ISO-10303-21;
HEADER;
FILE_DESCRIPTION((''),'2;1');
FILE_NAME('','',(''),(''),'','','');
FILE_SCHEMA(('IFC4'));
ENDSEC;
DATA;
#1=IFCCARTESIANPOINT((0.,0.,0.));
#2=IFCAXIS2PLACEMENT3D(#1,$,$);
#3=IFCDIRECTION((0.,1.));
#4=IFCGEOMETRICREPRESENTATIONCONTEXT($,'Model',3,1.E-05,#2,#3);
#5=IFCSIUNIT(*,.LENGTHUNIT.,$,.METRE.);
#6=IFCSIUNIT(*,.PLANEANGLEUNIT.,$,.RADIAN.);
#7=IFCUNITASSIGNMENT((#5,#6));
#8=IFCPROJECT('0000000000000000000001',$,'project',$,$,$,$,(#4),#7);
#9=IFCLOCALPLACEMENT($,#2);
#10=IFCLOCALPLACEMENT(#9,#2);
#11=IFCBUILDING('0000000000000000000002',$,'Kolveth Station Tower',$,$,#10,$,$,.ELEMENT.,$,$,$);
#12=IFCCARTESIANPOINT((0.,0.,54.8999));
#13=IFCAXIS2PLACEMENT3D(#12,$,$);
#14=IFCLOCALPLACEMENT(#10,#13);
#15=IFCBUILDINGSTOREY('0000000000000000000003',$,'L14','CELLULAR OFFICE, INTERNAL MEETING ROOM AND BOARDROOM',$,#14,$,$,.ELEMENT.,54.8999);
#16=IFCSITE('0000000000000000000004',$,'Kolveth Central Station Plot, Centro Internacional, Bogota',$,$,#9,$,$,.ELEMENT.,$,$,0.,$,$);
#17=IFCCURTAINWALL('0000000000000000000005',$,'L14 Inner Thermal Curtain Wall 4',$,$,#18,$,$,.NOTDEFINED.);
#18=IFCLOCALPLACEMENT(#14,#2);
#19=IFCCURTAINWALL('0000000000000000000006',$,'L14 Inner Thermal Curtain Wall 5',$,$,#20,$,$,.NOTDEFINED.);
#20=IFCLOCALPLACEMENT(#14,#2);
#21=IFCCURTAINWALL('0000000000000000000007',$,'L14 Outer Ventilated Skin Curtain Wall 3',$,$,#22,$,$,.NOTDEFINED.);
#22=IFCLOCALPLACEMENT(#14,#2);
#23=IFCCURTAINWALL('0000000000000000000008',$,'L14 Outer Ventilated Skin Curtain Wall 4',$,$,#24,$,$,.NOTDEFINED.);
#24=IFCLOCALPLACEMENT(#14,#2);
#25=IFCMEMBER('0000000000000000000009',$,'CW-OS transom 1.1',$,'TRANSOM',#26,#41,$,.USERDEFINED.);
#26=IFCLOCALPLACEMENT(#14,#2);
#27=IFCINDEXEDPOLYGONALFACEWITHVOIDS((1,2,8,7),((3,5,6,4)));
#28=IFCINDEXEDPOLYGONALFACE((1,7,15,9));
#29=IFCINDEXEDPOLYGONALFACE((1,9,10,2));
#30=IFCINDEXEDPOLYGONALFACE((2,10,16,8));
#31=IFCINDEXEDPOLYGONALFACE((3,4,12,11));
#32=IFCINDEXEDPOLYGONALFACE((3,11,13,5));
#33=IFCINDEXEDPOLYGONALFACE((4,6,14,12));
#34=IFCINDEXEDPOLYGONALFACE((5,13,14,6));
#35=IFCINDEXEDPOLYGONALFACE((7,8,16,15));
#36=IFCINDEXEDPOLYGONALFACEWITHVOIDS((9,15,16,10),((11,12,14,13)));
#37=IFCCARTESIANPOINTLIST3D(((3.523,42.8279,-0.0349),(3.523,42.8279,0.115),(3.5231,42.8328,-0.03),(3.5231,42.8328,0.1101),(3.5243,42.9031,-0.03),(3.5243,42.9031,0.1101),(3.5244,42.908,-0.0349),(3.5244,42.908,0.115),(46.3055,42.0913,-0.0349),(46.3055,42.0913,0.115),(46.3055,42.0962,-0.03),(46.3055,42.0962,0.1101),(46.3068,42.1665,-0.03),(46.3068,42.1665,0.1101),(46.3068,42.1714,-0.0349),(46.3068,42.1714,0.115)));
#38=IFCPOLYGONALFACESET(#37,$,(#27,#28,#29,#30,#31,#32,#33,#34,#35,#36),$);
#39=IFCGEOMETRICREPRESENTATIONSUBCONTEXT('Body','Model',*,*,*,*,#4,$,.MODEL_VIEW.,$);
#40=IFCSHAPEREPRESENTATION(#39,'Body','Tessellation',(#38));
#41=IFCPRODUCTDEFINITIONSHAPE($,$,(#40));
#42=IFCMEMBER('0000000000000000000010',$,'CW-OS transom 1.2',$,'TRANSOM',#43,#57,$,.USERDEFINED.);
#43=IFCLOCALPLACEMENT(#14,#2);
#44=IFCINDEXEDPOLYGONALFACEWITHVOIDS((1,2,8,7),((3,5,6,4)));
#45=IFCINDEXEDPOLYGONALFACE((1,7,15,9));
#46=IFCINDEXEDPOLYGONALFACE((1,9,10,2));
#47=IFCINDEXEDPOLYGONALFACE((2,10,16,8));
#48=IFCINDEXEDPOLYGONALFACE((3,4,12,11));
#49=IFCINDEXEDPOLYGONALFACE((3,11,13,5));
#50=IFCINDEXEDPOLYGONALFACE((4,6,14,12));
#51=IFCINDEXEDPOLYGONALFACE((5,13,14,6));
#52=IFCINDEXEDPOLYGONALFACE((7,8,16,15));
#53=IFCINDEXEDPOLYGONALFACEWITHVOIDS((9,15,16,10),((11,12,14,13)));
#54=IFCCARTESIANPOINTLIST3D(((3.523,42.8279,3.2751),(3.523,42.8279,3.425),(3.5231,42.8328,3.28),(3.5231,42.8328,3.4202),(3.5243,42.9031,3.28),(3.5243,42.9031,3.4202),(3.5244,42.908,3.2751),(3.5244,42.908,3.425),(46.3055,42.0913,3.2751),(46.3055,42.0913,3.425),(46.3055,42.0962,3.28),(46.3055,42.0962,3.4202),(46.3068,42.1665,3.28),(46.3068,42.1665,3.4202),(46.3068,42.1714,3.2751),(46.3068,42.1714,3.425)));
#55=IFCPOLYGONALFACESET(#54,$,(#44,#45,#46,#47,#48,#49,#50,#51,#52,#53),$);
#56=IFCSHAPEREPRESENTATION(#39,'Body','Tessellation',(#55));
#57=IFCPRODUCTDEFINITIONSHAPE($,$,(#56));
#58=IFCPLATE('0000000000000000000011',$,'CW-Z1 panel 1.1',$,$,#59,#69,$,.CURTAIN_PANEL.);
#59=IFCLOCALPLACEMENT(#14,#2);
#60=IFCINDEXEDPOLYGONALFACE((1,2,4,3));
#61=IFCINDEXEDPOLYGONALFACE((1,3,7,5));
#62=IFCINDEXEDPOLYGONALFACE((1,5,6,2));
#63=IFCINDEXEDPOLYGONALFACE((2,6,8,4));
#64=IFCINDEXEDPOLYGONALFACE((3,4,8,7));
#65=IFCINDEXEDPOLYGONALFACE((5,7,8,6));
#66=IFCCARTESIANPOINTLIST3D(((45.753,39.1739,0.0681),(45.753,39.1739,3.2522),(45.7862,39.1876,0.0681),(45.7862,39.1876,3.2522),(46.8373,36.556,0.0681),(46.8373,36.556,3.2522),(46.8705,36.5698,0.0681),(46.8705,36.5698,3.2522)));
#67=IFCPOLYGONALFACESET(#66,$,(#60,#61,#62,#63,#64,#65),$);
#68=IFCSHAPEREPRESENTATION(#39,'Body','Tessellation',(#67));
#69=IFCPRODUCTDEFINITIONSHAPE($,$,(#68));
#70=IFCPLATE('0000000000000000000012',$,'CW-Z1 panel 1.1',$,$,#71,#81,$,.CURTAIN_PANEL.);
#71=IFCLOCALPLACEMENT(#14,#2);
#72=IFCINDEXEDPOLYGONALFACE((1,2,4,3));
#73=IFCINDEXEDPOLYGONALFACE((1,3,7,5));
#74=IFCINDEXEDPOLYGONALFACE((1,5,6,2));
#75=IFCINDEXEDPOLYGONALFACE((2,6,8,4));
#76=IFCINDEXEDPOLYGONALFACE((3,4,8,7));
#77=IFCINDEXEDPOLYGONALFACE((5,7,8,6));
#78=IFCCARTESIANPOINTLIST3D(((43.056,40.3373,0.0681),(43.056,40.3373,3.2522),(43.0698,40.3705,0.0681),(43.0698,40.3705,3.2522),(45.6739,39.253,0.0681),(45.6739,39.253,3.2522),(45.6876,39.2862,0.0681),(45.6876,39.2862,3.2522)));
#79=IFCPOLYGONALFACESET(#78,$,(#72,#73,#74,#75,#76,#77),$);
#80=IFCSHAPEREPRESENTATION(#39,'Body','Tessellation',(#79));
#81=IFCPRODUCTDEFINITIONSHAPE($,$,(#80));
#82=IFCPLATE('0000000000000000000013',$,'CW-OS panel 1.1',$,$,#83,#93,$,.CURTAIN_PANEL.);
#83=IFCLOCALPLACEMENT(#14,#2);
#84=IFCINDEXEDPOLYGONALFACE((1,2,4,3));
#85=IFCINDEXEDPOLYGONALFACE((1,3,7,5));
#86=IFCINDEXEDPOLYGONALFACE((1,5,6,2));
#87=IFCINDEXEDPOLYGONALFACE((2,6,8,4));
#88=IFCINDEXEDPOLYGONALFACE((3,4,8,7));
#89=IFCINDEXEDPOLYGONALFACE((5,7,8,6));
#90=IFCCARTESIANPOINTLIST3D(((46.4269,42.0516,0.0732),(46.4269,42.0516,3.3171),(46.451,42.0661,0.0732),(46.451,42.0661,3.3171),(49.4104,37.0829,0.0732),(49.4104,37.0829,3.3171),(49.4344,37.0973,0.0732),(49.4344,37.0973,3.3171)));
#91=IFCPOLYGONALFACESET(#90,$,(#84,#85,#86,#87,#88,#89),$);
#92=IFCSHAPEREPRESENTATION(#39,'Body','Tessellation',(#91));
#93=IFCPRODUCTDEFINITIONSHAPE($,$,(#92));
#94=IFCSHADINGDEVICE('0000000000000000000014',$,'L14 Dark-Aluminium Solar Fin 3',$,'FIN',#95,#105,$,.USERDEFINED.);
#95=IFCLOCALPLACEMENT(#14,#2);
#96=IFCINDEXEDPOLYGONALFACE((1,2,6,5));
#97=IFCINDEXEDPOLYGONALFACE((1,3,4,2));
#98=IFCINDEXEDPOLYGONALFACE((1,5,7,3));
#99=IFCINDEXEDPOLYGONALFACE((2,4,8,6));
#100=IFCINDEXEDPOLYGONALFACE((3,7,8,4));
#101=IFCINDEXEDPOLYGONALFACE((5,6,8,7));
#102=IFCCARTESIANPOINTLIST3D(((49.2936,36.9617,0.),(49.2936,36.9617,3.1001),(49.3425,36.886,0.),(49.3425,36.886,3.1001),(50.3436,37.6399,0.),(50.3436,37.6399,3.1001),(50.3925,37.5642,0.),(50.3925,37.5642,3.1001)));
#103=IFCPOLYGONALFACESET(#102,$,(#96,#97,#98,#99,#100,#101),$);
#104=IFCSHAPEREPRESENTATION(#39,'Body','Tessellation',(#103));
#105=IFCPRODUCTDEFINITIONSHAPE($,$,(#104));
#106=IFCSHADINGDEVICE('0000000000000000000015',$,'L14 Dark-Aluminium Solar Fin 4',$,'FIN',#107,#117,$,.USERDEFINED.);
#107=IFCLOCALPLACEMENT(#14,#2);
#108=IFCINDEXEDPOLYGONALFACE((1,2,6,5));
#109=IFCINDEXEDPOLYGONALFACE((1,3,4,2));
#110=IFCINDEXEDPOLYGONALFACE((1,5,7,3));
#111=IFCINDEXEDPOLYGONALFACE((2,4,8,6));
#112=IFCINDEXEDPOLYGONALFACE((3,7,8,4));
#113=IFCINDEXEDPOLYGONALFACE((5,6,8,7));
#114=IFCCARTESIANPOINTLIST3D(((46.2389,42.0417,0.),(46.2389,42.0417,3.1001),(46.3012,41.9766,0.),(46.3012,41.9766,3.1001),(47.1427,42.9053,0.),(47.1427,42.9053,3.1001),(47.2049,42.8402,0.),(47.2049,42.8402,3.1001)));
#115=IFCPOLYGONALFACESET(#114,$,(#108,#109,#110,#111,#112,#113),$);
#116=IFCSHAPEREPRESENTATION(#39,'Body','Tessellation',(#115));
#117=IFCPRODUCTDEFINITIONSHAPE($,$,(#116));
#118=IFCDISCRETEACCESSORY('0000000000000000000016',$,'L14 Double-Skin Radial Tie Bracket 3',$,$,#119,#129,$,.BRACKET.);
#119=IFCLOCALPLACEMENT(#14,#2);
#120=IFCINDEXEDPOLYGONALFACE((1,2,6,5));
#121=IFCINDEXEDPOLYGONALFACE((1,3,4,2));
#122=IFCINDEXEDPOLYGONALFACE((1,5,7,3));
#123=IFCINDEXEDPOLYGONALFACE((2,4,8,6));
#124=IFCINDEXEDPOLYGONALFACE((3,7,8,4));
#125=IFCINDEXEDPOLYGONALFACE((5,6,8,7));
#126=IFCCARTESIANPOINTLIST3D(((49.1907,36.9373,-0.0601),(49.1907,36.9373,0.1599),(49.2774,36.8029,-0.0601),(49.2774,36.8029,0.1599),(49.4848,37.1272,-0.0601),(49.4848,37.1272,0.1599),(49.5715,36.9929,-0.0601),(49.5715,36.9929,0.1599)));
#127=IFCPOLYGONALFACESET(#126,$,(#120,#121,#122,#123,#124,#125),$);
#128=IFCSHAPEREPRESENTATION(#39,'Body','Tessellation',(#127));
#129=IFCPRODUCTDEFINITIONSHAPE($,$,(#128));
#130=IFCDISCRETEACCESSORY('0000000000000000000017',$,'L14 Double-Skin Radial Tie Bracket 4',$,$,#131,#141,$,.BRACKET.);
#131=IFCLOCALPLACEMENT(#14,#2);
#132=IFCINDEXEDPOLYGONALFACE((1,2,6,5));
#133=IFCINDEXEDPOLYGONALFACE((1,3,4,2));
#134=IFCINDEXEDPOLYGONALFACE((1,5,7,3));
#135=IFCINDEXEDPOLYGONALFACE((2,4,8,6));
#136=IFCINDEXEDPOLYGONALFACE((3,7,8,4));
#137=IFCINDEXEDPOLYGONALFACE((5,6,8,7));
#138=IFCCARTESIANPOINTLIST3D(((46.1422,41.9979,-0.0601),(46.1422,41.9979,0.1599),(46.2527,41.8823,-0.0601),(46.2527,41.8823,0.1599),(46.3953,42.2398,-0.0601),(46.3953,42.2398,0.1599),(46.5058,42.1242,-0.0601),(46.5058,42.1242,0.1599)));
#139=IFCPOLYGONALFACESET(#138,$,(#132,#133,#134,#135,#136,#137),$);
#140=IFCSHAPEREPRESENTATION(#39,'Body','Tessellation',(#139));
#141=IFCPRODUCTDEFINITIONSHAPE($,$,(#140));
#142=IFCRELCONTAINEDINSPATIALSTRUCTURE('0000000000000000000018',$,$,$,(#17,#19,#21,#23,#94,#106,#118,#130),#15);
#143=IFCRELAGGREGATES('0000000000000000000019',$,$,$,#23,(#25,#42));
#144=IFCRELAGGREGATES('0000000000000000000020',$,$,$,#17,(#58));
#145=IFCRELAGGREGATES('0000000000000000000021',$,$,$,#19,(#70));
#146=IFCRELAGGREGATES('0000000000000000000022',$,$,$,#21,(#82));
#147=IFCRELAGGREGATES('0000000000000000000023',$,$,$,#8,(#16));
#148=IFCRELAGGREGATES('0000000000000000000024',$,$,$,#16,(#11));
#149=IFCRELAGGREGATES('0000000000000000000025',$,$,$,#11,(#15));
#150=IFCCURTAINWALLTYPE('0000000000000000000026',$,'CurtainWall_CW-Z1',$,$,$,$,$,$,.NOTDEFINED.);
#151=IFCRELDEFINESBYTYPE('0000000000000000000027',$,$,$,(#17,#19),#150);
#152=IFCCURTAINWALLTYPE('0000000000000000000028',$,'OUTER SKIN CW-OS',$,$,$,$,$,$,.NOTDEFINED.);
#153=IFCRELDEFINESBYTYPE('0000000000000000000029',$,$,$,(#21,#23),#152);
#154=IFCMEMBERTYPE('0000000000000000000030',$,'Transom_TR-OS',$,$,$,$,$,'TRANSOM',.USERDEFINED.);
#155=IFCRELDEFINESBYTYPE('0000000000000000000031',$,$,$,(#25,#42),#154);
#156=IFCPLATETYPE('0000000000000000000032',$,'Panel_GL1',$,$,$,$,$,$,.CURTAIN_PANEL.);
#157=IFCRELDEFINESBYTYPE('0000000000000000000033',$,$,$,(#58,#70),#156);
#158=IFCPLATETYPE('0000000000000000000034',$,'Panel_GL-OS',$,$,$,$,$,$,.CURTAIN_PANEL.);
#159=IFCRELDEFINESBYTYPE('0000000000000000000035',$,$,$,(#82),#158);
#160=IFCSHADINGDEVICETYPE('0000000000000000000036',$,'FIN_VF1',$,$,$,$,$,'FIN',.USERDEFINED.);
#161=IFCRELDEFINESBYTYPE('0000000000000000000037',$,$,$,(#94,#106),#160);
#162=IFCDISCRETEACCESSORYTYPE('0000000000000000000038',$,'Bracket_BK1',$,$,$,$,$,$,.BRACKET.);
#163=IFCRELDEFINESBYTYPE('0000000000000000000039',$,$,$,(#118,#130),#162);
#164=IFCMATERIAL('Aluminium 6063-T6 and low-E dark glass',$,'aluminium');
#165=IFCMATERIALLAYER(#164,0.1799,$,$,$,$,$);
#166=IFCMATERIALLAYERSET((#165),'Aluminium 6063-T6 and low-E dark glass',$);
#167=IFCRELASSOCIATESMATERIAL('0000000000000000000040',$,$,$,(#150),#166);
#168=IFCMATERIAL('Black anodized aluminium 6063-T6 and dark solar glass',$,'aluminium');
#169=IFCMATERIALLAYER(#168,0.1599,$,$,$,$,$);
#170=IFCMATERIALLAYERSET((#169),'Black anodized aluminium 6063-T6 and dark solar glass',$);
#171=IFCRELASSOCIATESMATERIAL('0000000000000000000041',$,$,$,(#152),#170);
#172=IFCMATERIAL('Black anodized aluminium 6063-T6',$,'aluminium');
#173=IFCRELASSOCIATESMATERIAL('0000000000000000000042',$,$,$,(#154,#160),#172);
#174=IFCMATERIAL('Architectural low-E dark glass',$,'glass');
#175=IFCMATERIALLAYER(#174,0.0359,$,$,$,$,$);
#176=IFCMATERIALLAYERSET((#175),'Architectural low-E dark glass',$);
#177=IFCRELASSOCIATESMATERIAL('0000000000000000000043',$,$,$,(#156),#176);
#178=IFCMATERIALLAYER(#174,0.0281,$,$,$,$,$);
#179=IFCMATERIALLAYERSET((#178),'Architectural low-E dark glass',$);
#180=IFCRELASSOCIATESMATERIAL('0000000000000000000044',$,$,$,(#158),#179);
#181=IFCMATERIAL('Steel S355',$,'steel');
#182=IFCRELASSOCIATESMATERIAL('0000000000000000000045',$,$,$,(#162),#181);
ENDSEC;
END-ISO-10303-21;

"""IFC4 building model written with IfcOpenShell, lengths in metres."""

from ifc_helpers import new_model, si_unit, direction, frame, origin, origin_2d, place, context, subcontext, project, spatial, rectangle, hollow_rectangle, extrude, source, transform, mapped, material, layer, layer_set, material_profile, profile_set, type_object, element, aggregate, save


model = new_model("IFC4")

# Units and contexts
model_context = context("Model", 3, precision=1e-05, world=origin(), true_north=direction((0.0, 1.0)))
body_context = subcontext(model_context, "Body", "Model", "MODEL_VIEW")
ifc_project = project(units=[si_unit("LENGTHUNIT", "METRE"), si_unit("PLANEANGLEUNIT", "RADIAN")], contexts=[model_context])

# Site, building, storey
site_placement = place(None, origin())
site = spatial("IfcSite", under=ifc_project, at=site_placement, Name="Kolveth Central Station Plot, Centro Internacional, Bogota", CompositionType="ELEMENT", RefElevation=0.0)
building_placement = place(site_placement, origin())
building = spatial("IfcBuilding", under=site, at=building_placement, Name="Kolveth Station Tower", CompositionType="ELEMENT")
storey_placement = place(building_placement, frame((0.0, 0.0, 54.8999)))
storey = spatial("IfcBuildingStorey", under=building, at=storey_placement, Name="L14", Description="CELLULAR OFFICE, INTERNAL MEETING ROOM AND BOARDROOM", CompositionType="ELEMENT", Elevation=54.8999)

# Shared definitions
ifc_material_1 = material(Name="Steel S355", Category="steel")

# Curtain wall
ifc_material_2 = material(Name="Aluminium 6063-T6 and low-E dark glass", Category="aluminium")
ifc_layer_1 = layer(ifc_material_2, 0.1799)
ifc_layer_set_1 = layer_set([ifc_layer_1], Name="Aluminium 6063-T6 and low-E dark glass")
curtain_wall_type_1 = type_object("IfcCurtainWallType", Name="CurtainWall_CW-Z1", PredefinedType="NOTDEFINED", material=ifc_layer_set_1)
curtain_wall_1_placement = place(storey_placement, origin())
curtain_wall_1 = element("IfcCurtainWall", 1, at=curtain_wall_1_placement, inside=storey, type_object=curtain_wall_type_1, Name="L14 Inner Thermal Curtain Wall 4", PredefinedType="NOTDEFINED")
ifc_material_3 = material(Name="Black anodized aluminium 6063-T6", Category="aluminium")

# Curtain wall
curtain_wall_2_placement = place(storey_placement, origin())
curtain_wall_2 = element("IfcCurtainWall", 2, at=curtain_wall_2_placement, inside=storey, type_object=curtain_wall_type_1, Name="L14 Inner Thermal Curtain Wall 5", PredefinedType="NOTDEFINED")

# Shared definitions
ifc_material_4 = material(Name="Black anodized aluminium 6063-T6 and dark solar glass", Category="aluminium")
ifc_layer_2 = layer(ifc_material_4, 0.1599)
ifc_layer_set_2 = layer_set([ifc_layer_2], Name="Black anodized aluminium 6063-T6 and dark solar glass")
curtain_wall_type_2 = type_object("IfcCurtainWallType", Name="OUTER SKIN CW-OS", PredefinedType="NOTDEFINED", material=ifc_layer_set_2)

# Curtain wall
curtain_wall_3_placement = place(storey_placement, origin())
curtain_wall_3 = element("IfcCurtainWall", 3, at=curtain_wall_3_placement, inside=storey, type_object=curtain_wall_type_2, Name="L14 Outer Ventilated Skin Curtain Wall 3", PredefinedType="NOTDEFINED")

# Curtain wall
curtain_wall_4_placement = place(storey_placement, origin())
curtain_wall_4 = element("IfcCurtainWall", 4, at=curtain_wall_4_placement, inside=storey, type_object=curtain_wall_type_2, Name="L14 Outer Ventilated Skin Curtain Wall 4", PredefinedType="NOTDEFINED")

# Members
ifc_material_profile_1 = material_profile(ifc_material_3, hollow_rectangle(XDim=0.0801, YDim=0.1499, WallThickness=0.0049, at=origin_2d()), Name="ALU-80x150x5")
ifc_profile_set_1 = profile_set([ifc_material_profile_1], Name="Black anodized aluminium 6063-T6")
member_type_1 = type_object("IfcMemberType", Name="Transom_TR-OS", ElementType="TRANSOM", PredefinedType="USERDEFINED", material=ifc_profile_set_1)
shared_shape_1 = source(origin(), body_context, "Body", "SweptSolid", [
    extrude(hollow_rectangle(XDim=0.0801, YDim=0.1499, WallThickness=0.0049, at=origin_2d()), origin(), (0.0, 0.0, 1.0), 42.7888),
])
member_1_placement = place(storey_placement, frame((46.3062, 42.1313, 0.04), z_axis=(-0.999852, 0.017214, 0.0), x_axis=(-0.017214, -0.999852, 0.0)))
member_1 = element("IfcMember", 5, at=member_1_placement, type_object=member_type_1, Name="CW-OS transom 1.1", ObjectType="TRANSOM", PredefinedType="USERDEFINED", context=body_context, shape_type="MappedRepresentation", body=[
    mapped(shared_shape_1, transform((0.0, 0.0, 0.0), x_axis=(1.0, 0.0, 0.0), y_axis=(0.0, 1.0, 0.0), z_axis=(0.0, 0.0, 1.0), scale=1.0)),
])
member_2_placement = place(storey_placement, frame((46.3062, 42.1313, 3.3501), z_axis=(-0.999852, 0.017214, 0.0), x_axis=(-0.017214, -0.999852, 0.0)))
member_2 = element("IfcMember", 6, at=member_2_placement, type_object=member_type_1, Name="CW-OS transom 1.2", ObjectType="TRANSOM", PredefinedType="USERDEFINED", context=body_context, shape_type="MappedRepresentation", body=[
    mapped(shared_shape_1, transform((0.0, 0.0, 0.0), x_axis=(1.0, 0.0, 0.0), y_axis=(0.0, 1.0, 0.0), z_axis=(0.0, 0.0, 1.0), scale=1.0)),
])
aggregate(curtain_wall_4, [member_1, member_2])

# Plates
ifc_material_5 = material(Name="Architectural low-E dark glass", Category="glass")
ifc_layer_3 = layer(ifc_material_5, 0.0359)
ifc_layer_set_3 = layer_set([ifc_layer_3], Name="Architectural low-E dark glass")
plate_type_1 = type_object("IfcPlateType", Name="Panel_GL1", PredefinedType="CURTAIN_PANEL", material=ifc_layer_set_3)
shared_shape_2 = source(origin(), body_context, "Body", "SweptSolid", [
    extrude(rectangle(XDim=2.8335, YDim=0.0359, at=origin_2d()), origin(), (0.0, 0.0, 1.0), 3.1841),
])
plate_1_placement = place(storey_placement, frame((46.3118, 37.8718, 0.0681), z_axis=(0.0, 0.0, 1.0), x_axis=(-0.382673, 0.923884, 0.0)))
plate_1 = element("IfcPlate", 7, at=plate_1_placement, type_object=plate_type_1, Name="CW-Z1 panel 1.1", PredefinedType="CURTAIN_PANEL", context=body_context, shape_type="MappedRepresentation", body=[
    mapped(shared_shape_2, transform((0.0, 0.0, 0.0), x_axis=(1.0, 0.0, 0.0), y_axis=(0.0, 1.0, 0.0), z_axis=(0.0, 0.0, 1.0), scale=1.0)),
])
aggregate(curtain_wall_1, [plate_1])
plate_2_placement = place(storey_placement, frame((44.3718, 39.8118, 0.0681), z_axis=(0.0, 0.0, 1.0), x_axis=(-0.923884, 0.382673, 0.0)))
plate_2 = element("IfcPlate", 8, at=plate_2_placement, type_object=plate_type_1, Name="CW-Z1 panel 1.1", PredefinedType="CURTAIN_PANEL", context=body_context, shape_type="MappedRepresentation", body=[
    mapped(shared_shape_2, transform((0.0, 0.0, 0.0), x_axis=(1.0, 0.0, 0.0), y_axis=(0.0, 1.0, 0.0), z_axis=(0.0, 0.0, 1.0), scale=1.0)),
])
aggregate(curtain_wall_2, [plate_2])
ifc_layer_4 = layer(ifc_material_5, 0.0281)
ifc_layer_set_4 = layer_set([ifc_layer_4], Name="Architectural low-E dark glass")
plate_type_2 = type_object("IfcPlateType", Name="Panel_GL-OS", PredefinedType="CURTAIN_PANEL", material=ifc_layer_set_4)
shared_shape_3 = source(origin(), body_context, "Body", "SweptSolid", [
    extrude(rectangle(XDim=5.7957, YDim=0.0281, at=origin_2d()), origin(), (0.0, 0.0, 1.0), 3.2439),
])
plate_3_placement = place(storey_placement, frame((47.9307, 39.5745, 0.0732), z_axis=(0.0, 0.0, 1.0), x_axis=(-0.514779, 0.857323, 0.0)))
plate_3 = element("IfcPlate", 9, at=plate_3_placement, type_object=plate_type_2, Name="CW-OS panel 1.1", PredefinedType="CURTAIN_PANEL", context=body_context, shape_type="MappedRepresentation", body=[
    mapped(shared_shape_3, transform((0.0, 0.0, 0.0), x_axis=(1.0, 0.0, 0.0), y_axis=(0.0, 1.0, 0.0), z_axis=(0.0, 0.0, 1.0), scale=1.0)),
])
aggregate(curtain_wall_3, [plate_3])

# Shading devices
shading_device_type = type_object("IfcShadingDeviceType", Name="FIN_VF1", ElementType="FIN", PredefinedType="USERDEFINED", material=ifc_material_3)
shared_shape_4 = source(origin(), body_context, "Body", "SweptSolid", [
    extrude(rectangle(XDim=1.25, YDim=0.0901, at=origin_2d()), origin(), (0.0, 0.0, 1.0), 3.1001),
])
for number, where, z_axis, x_axis, name in (
    (10, (49.843, 37.2629, 0.0), (0.0, 0.0, 1.0), (0.839999, 0.542588, 0.0), "L14 Dark-Aluminium Solar Fin 3"),
    (11, (46.7219, 42.4409, 0.0), (0.0, 0.0, 1.0), (0.722967, 0.690882, 0.0), "L14 Dark-Aluminium Solar Fin 4"),
):
    element("IfcShadingDevice", number, at=place(storey_placement, frame(where, z_axis=z_axis, x_axis=x_axis)), inside=storey, type_object=shading_device_type, Name=name, ObjectType="FIN", PredefinedType="USERDEFINED", context=body_context, shape_type="MappedRepresentation", body=[
        mapped(shared_shape_4, transform((0.0, 0.0, 0.0), x_axis=(1.0, 0.0, 0.0), y_axis=(0.0, 1.0, 0.0), z_axis=(0.0, 0.0, 1.0), scale=1.0)),
    ])

# Discrete accessories
discrete_accessory_type = type_object("IfcDiscreteAccessoryType", Name="Bracket_BK1", PredefinedType="BRACKET", material=ifc_material_1)
shared_shape_5 = source(origin(), body_context, "Body", "SweptSolid", [
    extrude(rectangle(XDim=0.3501, YDim=0.1599, at=origin_2d()), origin(), (0.0, 0.0, 1.0), 0.22),
])
for number, where, z_axis, x_axis, name in (
    (12, (49.3811, 36.9651, -0.0601), (0.0, 0.0, 1.0), (0.839999, 0.542588, 0.0), "L14 Double-Skin Radial Tie Bracket 3"),
    (13, (46.324, 42.061, -0.0601), (0.0, 0.0, 1.0), (0.722967, 0.690882, 0.0), "L14 Double-Skin Radial Tie Bracket 4"),
):
    element("IfcDiscreteAccessory", number, at=place(storey_placement, frame(where, z_axis=z_axis, x_axis=x_axis)), inside=storey, type_object=discrete_accessory_type, Name=name, PredefinedType="BRACKET", context=body_context, shape_type="MappedRepresentation", body=[
        mapped(shared_shape_5, transform((0.0, 0.0, 0.0), x_axis=(1.0, 0.0, 0.0), y_axis=(0.0, 1.0, 0.0), z_axis=(0.0, 0.0, 1.0), scale=1.0)),
    ])

save(model, "model.ifc")
